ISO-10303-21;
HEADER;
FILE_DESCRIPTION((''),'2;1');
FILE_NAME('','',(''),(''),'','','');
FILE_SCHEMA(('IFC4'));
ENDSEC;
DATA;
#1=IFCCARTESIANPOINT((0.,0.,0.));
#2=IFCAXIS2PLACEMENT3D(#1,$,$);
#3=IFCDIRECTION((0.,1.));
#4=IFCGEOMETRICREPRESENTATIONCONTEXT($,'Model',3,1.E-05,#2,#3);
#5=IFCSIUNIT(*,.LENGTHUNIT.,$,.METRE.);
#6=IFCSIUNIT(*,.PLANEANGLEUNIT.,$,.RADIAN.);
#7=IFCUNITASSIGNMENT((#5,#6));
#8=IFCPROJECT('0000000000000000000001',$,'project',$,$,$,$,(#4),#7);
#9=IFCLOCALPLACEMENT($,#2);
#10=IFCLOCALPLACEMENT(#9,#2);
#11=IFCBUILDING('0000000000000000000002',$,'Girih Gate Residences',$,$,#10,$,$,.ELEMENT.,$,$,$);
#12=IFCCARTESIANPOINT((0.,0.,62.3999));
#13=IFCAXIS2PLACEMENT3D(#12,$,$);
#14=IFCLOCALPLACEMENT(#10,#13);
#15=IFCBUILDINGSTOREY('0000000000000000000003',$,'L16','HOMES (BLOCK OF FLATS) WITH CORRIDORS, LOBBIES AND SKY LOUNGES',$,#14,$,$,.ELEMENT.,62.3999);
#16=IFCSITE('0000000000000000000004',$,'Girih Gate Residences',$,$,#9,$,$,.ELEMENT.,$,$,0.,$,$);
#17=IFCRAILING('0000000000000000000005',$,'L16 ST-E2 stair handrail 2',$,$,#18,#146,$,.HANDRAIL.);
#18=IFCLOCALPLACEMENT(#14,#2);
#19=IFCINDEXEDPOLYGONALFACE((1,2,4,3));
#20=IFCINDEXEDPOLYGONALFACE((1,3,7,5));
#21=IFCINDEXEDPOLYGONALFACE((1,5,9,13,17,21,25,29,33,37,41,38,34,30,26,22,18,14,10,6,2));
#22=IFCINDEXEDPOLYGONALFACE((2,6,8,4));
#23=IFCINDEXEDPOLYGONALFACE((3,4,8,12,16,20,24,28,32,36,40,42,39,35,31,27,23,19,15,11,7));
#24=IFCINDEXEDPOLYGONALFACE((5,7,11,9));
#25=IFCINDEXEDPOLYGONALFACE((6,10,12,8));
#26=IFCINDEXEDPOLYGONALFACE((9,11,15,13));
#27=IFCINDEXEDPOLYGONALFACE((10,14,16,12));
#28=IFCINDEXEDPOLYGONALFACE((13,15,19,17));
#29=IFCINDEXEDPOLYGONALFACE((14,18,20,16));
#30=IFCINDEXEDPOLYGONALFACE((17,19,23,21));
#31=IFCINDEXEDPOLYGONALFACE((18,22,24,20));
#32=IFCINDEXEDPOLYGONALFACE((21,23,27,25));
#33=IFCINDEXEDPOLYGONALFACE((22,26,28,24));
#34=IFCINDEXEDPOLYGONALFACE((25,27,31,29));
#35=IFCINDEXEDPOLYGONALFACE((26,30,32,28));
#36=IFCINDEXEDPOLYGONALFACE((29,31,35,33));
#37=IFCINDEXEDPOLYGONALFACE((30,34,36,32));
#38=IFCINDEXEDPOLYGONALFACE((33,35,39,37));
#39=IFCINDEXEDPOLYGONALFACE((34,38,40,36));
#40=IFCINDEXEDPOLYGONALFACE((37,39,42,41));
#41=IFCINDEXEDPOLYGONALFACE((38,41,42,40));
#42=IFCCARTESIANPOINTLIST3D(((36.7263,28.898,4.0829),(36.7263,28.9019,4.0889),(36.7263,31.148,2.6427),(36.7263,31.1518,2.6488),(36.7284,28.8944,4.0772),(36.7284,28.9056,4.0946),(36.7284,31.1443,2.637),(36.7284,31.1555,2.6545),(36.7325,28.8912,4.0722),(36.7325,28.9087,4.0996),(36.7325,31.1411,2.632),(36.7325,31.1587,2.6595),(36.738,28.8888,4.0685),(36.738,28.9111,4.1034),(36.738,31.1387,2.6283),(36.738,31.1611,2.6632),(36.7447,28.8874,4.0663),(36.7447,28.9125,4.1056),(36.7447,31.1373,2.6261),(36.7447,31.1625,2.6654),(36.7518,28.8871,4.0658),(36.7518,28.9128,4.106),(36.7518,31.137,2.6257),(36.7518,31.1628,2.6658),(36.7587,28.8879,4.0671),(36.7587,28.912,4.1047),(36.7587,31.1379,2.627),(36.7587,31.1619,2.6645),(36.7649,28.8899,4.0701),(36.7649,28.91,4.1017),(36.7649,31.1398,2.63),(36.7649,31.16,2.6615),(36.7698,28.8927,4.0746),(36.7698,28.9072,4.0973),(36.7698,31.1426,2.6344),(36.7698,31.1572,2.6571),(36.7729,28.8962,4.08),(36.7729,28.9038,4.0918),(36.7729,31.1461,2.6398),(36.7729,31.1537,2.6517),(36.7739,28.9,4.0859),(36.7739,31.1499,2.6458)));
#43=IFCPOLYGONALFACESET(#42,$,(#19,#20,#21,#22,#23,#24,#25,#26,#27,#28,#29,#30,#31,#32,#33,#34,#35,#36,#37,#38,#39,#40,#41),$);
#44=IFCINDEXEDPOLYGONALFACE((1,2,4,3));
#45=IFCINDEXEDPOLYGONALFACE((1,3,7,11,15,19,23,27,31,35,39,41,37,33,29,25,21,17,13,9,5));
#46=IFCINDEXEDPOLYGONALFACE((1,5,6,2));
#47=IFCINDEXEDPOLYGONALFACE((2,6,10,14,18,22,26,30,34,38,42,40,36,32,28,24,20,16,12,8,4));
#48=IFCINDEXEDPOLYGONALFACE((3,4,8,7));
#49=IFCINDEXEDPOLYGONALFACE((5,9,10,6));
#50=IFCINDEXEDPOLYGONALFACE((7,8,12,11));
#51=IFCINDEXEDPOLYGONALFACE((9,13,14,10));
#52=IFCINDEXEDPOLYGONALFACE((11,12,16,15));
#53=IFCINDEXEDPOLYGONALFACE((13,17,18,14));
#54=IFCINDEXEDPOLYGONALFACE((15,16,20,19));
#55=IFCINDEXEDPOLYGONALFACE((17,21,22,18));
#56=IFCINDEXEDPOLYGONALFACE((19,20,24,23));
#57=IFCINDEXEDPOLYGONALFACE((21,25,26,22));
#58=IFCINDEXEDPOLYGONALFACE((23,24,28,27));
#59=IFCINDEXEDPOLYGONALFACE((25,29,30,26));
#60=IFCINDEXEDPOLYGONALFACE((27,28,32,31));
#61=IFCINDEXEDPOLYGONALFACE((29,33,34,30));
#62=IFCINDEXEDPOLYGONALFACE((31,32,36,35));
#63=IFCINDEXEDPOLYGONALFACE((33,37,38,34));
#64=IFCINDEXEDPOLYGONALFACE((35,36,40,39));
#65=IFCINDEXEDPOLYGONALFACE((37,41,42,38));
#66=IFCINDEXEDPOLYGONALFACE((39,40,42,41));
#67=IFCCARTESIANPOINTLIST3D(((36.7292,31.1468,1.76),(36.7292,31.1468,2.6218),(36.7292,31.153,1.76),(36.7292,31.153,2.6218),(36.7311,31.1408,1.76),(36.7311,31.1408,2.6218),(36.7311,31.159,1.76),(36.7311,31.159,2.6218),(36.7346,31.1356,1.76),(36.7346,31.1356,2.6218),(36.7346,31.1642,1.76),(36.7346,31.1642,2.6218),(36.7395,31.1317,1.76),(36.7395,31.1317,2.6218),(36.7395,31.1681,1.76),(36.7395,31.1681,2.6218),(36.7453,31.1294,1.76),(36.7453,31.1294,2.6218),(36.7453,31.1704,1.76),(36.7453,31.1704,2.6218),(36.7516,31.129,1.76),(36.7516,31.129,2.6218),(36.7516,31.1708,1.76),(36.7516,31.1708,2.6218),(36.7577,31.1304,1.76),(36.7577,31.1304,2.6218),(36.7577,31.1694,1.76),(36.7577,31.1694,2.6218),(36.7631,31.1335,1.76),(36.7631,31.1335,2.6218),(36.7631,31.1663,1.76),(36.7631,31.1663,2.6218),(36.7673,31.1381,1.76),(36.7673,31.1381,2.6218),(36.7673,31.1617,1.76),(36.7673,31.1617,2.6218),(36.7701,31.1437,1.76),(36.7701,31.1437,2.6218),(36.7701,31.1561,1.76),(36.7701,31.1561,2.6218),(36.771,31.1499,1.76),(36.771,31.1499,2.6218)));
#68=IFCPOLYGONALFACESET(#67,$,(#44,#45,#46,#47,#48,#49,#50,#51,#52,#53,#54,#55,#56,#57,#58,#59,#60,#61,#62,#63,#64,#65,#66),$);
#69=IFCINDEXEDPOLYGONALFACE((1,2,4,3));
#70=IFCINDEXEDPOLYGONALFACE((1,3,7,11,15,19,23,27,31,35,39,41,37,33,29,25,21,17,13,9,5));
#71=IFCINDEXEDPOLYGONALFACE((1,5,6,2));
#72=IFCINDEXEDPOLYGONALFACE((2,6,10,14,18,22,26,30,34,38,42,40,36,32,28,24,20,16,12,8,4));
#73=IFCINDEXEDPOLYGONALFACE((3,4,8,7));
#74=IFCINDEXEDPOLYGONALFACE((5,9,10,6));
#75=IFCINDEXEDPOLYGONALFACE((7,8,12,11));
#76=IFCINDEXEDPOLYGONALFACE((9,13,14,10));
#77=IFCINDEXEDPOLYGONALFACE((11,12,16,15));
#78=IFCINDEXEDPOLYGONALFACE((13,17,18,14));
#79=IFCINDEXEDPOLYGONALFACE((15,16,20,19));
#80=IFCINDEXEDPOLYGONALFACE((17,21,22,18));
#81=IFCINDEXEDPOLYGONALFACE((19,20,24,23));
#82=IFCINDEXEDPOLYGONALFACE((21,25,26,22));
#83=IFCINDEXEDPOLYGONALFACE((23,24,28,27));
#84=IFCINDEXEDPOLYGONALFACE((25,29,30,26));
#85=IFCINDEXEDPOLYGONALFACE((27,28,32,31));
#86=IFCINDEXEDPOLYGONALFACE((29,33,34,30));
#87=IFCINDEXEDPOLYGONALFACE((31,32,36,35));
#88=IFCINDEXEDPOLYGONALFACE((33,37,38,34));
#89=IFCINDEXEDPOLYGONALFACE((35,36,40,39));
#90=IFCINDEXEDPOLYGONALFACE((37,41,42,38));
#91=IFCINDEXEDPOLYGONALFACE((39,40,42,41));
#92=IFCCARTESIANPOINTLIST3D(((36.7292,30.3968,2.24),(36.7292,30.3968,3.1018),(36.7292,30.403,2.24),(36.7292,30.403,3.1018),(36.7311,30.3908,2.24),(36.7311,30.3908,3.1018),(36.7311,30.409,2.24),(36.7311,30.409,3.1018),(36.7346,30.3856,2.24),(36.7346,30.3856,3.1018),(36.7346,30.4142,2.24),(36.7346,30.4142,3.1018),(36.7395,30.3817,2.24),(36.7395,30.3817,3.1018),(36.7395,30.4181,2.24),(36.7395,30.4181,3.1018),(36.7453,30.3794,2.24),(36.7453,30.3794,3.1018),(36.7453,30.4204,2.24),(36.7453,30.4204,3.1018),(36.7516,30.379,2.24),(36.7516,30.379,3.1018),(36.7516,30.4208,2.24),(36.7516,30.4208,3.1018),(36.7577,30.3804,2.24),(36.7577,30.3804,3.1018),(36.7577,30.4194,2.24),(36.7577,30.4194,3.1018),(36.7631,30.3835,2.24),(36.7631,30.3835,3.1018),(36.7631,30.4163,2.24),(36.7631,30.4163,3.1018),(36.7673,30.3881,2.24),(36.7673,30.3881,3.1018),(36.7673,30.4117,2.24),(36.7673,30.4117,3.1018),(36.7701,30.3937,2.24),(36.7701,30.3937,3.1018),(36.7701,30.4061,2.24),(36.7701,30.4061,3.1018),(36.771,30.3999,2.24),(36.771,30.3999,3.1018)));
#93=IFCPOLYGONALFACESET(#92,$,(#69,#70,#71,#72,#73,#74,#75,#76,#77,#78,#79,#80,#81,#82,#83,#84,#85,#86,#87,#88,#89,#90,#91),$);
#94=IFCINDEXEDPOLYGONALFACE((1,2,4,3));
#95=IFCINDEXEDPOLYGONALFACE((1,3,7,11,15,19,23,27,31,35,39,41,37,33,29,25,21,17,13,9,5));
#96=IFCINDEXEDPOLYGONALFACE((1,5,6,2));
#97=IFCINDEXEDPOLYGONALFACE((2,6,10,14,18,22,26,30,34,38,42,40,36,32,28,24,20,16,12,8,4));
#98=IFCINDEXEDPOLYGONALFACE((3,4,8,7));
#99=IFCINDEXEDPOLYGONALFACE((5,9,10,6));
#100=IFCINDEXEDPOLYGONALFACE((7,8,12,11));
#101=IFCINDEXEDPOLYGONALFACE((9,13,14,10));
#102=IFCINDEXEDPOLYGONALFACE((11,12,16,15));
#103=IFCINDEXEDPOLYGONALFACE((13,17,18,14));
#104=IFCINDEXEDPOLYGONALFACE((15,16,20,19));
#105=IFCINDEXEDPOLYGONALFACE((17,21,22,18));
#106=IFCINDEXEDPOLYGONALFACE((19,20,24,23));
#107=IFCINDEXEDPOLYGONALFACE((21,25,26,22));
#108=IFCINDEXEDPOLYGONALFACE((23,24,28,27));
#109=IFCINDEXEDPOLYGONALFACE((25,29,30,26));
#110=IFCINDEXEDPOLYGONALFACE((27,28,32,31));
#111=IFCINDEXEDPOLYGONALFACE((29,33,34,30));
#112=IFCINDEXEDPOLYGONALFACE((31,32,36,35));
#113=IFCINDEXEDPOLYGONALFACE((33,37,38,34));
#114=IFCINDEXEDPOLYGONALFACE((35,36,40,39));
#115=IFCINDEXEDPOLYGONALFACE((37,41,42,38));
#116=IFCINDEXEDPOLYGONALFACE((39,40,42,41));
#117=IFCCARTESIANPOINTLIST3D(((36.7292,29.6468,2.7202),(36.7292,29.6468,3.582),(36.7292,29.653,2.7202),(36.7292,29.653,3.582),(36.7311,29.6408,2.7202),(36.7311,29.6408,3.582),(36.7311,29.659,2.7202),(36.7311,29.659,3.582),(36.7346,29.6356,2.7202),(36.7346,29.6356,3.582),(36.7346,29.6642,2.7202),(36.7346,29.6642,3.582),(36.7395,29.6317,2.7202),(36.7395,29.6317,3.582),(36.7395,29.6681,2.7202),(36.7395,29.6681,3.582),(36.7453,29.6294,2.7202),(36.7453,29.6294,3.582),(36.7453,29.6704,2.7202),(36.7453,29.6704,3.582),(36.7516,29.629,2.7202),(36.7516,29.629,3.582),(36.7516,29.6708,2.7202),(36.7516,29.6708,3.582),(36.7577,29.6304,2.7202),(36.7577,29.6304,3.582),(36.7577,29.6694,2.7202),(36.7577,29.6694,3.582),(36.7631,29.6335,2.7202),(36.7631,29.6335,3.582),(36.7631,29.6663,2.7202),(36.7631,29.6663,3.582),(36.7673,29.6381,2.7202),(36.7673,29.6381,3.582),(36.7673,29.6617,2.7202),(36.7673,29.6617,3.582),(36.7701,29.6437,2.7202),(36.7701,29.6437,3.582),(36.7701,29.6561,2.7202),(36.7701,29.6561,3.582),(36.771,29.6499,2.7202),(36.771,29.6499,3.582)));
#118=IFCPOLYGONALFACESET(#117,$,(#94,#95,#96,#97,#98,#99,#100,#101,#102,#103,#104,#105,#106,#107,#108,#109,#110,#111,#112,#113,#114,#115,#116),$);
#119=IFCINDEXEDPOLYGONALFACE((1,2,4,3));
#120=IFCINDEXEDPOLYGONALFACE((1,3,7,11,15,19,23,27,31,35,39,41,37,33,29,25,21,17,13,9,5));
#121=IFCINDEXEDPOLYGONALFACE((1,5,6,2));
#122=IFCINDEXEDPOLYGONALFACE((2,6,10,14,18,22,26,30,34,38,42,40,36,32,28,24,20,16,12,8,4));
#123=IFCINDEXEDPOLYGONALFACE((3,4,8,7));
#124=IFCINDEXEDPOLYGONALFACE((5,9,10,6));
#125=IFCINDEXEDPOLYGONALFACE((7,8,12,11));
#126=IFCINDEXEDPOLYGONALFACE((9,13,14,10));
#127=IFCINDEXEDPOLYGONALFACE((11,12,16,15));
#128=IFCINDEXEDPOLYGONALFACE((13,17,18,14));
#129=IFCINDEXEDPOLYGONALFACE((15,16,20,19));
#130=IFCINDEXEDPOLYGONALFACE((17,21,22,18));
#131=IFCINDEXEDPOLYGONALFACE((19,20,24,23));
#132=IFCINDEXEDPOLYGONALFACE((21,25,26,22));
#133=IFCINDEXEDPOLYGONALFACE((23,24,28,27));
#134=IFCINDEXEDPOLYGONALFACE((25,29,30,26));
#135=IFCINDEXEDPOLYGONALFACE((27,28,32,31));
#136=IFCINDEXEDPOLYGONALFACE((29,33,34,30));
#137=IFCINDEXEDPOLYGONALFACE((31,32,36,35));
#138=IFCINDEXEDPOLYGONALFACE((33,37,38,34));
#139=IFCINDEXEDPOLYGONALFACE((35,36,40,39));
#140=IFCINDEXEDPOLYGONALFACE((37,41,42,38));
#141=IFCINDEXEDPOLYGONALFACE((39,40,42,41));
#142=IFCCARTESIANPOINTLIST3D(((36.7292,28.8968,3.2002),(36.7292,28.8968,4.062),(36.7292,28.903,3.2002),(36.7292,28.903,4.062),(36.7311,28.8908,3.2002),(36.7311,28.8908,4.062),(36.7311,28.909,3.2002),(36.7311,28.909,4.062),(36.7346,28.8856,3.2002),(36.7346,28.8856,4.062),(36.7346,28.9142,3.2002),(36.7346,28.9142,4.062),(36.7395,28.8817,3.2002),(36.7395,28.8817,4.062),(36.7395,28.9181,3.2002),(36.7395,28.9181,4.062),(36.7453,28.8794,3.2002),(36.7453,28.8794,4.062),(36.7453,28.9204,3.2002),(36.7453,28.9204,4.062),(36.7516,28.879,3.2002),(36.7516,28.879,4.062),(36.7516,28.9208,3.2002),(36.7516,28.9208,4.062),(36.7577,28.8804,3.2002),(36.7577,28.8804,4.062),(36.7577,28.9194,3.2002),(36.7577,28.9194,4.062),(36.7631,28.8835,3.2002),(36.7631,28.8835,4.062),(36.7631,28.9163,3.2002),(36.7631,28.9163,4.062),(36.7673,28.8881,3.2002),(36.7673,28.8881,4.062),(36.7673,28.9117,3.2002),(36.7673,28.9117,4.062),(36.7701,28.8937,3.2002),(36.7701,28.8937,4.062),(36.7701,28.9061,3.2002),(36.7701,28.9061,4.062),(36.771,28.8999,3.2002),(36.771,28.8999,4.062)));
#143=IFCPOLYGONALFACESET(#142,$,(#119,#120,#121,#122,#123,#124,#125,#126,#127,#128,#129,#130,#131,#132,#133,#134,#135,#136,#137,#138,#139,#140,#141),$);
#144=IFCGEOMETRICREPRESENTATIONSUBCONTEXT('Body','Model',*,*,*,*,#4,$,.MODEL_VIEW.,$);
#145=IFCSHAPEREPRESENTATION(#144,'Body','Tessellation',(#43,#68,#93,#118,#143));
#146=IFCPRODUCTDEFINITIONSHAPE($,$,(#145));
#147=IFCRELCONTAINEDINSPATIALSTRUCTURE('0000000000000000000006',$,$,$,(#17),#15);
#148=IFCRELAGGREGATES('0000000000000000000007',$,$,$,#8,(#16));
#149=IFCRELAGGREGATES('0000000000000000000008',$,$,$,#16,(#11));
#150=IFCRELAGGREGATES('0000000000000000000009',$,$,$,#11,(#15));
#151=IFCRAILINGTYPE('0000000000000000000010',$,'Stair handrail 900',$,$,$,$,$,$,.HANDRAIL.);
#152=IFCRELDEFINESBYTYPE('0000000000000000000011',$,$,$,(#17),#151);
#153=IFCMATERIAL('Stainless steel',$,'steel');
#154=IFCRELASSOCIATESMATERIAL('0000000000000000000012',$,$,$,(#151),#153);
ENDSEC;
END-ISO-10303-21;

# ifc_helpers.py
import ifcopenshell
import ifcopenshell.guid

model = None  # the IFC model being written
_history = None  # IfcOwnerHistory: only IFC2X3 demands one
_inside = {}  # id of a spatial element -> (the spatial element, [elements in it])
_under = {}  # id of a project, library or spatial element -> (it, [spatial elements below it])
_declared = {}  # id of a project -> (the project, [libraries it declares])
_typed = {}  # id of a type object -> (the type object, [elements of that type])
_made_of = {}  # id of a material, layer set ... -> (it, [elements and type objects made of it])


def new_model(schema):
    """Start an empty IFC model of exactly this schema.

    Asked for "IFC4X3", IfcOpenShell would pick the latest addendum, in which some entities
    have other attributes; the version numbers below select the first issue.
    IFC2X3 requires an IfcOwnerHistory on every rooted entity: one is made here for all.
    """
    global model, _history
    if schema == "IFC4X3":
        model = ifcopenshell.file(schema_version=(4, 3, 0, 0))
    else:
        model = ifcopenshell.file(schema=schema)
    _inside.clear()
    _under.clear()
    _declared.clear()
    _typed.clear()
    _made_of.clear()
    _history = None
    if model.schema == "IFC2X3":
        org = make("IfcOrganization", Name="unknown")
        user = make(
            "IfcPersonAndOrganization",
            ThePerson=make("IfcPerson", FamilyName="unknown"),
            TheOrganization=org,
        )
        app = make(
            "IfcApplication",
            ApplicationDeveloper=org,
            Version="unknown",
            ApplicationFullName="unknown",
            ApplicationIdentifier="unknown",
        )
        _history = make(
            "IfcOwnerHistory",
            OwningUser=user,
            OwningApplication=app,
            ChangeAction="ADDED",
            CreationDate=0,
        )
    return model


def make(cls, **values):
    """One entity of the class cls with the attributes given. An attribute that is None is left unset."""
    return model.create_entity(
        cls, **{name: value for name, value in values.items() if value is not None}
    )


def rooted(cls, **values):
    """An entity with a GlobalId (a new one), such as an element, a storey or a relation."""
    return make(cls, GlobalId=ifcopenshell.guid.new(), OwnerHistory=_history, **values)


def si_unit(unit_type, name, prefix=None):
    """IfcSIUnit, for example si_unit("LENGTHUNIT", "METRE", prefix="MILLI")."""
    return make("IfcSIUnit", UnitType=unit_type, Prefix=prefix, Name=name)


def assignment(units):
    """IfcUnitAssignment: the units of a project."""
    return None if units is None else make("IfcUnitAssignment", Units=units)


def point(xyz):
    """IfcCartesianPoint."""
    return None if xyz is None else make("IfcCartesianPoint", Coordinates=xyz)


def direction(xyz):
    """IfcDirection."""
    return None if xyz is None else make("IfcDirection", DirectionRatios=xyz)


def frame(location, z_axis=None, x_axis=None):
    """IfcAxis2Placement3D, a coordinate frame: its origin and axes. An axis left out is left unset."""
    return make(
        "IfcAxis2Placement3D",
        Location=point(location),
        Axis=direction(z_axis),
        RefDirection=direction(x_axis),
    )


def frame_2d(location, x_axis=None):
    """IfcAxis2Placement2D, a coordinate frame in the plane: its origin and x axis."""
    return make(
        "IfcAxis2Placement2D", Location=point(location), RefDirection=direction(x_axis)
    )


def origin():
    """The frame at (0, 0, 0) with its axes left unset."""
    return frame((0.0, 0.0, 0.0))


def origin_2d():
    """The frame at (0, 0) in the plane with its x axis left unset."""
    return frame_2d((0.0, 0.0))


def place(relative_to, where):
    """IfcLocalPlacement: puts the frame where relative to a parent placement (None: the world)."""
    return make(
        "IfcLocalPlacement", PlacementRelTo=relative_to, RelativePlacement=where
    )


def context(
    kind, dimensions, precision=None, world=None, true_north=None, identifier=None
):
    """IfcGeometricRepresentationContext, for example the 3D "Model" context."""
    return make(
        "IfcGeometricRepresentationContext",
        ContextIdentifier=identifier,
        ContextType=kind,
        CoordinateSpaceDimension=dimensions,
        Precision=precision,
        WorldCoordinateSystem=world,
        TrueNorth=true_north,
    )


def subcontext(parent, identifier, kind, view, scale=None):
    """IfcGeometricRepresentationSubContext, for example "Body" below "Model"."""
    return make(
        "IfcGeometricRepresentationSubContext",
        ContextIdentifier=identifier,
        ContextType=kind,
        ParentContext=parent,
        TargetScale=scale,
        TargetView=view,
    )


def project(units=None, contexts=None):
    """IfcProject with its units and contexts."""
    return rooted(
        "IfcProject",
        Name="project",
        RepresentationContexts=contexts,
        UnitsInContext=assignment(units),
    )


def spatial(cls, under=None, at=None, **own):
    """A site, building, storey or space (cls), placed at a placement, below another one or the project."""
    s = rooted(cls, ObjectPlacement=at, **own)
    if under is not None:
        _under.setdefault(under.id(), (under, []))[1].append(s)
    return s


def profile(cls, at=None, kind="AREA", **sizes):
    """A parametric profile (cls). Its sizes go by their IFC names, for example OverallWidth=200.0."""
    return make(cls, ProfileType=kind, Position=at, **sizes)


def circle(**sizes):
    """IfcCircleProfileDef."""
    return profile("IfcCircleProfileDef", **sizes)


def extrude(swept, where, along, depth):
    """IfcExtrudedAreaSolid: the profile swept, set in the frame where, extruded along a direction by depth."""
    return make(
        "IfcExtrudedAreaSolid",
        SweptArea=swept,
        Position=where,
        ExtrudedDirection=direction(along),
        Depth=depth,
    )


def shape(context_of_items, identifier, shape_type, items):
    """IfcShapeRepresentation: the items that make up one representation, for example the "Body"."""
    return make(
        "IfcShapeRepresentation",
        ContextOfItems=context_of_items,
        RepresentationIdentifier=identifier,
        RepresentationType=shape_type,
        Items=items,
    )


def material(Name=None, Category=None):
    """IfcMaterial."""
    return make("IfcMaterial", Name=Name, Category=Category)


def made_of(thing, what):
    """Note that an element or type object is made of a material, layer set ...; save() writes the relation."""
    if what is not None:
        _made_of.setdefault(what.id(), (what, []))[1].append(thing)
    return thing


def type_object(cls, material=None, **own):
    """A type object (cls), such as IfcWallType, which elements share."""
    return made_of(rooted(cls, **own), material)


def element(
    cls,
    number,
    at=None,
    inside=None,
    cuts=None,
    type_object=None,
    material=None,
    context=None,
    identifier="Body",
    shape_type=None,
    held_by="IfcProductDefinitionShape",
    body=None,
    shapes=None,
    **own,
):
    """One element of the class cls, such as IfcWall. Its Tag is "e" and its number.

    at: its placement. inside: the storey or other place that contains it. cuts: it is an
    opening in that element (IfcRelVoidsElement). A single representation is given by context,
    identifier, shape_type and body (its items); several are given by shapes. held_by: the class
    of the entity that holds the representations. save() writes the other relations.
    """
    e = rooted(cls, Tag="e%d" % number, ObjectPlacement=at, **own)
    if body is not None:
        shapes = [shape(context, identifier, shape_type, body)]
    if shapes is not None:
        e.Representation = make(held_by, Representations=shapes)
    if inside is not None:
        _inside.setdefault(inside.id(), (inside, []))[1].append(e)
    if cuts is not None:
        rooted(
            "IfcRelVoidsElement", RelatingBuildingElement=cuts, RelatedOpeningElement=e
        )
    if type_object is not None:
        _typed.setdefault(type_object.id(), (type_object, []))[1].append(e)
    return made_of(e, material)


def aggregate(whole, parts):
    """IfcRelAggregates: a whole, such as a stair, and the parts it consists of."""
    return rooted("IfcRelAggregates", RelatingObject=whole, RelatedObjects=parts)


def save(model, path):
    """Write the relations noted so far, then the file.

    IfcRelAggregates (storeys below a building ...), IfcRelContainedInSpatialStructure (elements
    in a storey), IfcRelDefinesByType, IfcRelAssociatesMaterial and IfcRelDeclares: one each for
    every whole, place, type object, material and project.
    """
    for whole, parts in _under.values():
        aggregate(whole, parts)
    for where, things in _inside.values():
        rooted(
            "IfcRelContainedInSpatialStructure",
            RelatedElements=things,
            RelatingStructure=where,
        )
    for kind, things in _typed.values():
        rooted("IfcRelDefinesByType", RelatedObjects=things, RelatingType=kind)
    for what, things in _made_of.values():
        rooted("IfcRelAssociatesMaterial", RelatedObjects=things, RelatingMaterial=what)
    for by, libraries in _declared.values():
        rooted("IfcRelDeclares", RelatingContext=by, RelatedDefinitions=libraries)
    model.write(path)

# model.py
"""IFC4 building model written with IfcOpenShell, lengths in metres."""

from ifc_helpers import new_model, si_unit, direction, frame, origin, origin_2d, place, context, subcontext, project, spatial, circle, extrude, material, type_object, element, save


model = new_model("IFC4")

# Units and contexts
model_context = context("Model", 3, precision=1e-05, world=origin(), true_north=direction((0.0, 1.0)))
body_context = subcontext(model_context, "Body", "Model", "MODEL_VIEW")
ifc_project = project(units=[si_unit("LENGTHUNIT", "METRE"), si_unit("PLANEANGLEUNIT", "RADIAN")], contexts=[model_context])

# Site, building, storey
site_placement = place(None, origin())
site = spatial("IfcSite", under=ifc_project, at=site_placement, Name="Girih Gate Residences", CompositionType="ELEMENT", RefElevation=0.0)
building_placement = place(site_placement, origin())
building = spatial("IfcBuilding", under=site, at=building_placement, Name="Girih Gate Residences", CompositionType="ELEMENT")
storey_placement = place(building_placement, frame((0.0, 0.0, 62.3999)))
storey = spatial("IfcBuildingStorey", under=building, at=storey_placement, Name="L16", Description="HOMES (BLOCK OF FLATS) WITH CORRIDORS, LOBBIES AND SKY LOUNGES", CompositionType="ELEMENT", Elevation=62.3999)

# Railing
ifc_material_1 = material(Name="Stainless steel", Category="steel")
railing_type_1 = type_object("IfcRailingType", Name="Stair handrail 900", PredefinedType="HANDRAIL", material=ifc_material_1)
railing_1_placement = place(storey_placement, frame((36.75, 31.1499, 1.76)))
element("IfcRailing", 1, at=railing_1_placement, inside=storey, type_object=railing_type_1, Name="L16 ST-E2 stair handrail 2", PredefinedType="HANDRAIL", context=body_context, shape_type="SweptSolid", body=[
    extrude(circle(Radius=0.0239, at=origin_2d()), frame((0.0, 0.0, 0.8857), z_axis=(0.0, -0.84224, 0.539103), x_axis=(1.0, 0.0, 0.0)), (0.0, 0.0, 1.0), 2.6714),
    extrude(circle(Radius=0.021, at=origin_2d()), origin(), (0.0, 0.0, 1.0), 0.8618),
    extrude(circle(Radius=0.021, at=origin_2d()), frame((0.0, -0.75, 0.48)), (0.0, 0.0, 1.0), 0.8618),
    extrude(circle(Radius=0.021, at=origin_2d()), frame((0.0, -1.5, 0.9602)), (0.0, 0.0, 1.0), 0.8618),
    extrude(circle(Radius=0.021, at=origin_2d()), frame((0.0, -2.25, 1.4402)), (0.0, 0.0, 1.0), 0.8618),
])

save(model, "model.ifc")
